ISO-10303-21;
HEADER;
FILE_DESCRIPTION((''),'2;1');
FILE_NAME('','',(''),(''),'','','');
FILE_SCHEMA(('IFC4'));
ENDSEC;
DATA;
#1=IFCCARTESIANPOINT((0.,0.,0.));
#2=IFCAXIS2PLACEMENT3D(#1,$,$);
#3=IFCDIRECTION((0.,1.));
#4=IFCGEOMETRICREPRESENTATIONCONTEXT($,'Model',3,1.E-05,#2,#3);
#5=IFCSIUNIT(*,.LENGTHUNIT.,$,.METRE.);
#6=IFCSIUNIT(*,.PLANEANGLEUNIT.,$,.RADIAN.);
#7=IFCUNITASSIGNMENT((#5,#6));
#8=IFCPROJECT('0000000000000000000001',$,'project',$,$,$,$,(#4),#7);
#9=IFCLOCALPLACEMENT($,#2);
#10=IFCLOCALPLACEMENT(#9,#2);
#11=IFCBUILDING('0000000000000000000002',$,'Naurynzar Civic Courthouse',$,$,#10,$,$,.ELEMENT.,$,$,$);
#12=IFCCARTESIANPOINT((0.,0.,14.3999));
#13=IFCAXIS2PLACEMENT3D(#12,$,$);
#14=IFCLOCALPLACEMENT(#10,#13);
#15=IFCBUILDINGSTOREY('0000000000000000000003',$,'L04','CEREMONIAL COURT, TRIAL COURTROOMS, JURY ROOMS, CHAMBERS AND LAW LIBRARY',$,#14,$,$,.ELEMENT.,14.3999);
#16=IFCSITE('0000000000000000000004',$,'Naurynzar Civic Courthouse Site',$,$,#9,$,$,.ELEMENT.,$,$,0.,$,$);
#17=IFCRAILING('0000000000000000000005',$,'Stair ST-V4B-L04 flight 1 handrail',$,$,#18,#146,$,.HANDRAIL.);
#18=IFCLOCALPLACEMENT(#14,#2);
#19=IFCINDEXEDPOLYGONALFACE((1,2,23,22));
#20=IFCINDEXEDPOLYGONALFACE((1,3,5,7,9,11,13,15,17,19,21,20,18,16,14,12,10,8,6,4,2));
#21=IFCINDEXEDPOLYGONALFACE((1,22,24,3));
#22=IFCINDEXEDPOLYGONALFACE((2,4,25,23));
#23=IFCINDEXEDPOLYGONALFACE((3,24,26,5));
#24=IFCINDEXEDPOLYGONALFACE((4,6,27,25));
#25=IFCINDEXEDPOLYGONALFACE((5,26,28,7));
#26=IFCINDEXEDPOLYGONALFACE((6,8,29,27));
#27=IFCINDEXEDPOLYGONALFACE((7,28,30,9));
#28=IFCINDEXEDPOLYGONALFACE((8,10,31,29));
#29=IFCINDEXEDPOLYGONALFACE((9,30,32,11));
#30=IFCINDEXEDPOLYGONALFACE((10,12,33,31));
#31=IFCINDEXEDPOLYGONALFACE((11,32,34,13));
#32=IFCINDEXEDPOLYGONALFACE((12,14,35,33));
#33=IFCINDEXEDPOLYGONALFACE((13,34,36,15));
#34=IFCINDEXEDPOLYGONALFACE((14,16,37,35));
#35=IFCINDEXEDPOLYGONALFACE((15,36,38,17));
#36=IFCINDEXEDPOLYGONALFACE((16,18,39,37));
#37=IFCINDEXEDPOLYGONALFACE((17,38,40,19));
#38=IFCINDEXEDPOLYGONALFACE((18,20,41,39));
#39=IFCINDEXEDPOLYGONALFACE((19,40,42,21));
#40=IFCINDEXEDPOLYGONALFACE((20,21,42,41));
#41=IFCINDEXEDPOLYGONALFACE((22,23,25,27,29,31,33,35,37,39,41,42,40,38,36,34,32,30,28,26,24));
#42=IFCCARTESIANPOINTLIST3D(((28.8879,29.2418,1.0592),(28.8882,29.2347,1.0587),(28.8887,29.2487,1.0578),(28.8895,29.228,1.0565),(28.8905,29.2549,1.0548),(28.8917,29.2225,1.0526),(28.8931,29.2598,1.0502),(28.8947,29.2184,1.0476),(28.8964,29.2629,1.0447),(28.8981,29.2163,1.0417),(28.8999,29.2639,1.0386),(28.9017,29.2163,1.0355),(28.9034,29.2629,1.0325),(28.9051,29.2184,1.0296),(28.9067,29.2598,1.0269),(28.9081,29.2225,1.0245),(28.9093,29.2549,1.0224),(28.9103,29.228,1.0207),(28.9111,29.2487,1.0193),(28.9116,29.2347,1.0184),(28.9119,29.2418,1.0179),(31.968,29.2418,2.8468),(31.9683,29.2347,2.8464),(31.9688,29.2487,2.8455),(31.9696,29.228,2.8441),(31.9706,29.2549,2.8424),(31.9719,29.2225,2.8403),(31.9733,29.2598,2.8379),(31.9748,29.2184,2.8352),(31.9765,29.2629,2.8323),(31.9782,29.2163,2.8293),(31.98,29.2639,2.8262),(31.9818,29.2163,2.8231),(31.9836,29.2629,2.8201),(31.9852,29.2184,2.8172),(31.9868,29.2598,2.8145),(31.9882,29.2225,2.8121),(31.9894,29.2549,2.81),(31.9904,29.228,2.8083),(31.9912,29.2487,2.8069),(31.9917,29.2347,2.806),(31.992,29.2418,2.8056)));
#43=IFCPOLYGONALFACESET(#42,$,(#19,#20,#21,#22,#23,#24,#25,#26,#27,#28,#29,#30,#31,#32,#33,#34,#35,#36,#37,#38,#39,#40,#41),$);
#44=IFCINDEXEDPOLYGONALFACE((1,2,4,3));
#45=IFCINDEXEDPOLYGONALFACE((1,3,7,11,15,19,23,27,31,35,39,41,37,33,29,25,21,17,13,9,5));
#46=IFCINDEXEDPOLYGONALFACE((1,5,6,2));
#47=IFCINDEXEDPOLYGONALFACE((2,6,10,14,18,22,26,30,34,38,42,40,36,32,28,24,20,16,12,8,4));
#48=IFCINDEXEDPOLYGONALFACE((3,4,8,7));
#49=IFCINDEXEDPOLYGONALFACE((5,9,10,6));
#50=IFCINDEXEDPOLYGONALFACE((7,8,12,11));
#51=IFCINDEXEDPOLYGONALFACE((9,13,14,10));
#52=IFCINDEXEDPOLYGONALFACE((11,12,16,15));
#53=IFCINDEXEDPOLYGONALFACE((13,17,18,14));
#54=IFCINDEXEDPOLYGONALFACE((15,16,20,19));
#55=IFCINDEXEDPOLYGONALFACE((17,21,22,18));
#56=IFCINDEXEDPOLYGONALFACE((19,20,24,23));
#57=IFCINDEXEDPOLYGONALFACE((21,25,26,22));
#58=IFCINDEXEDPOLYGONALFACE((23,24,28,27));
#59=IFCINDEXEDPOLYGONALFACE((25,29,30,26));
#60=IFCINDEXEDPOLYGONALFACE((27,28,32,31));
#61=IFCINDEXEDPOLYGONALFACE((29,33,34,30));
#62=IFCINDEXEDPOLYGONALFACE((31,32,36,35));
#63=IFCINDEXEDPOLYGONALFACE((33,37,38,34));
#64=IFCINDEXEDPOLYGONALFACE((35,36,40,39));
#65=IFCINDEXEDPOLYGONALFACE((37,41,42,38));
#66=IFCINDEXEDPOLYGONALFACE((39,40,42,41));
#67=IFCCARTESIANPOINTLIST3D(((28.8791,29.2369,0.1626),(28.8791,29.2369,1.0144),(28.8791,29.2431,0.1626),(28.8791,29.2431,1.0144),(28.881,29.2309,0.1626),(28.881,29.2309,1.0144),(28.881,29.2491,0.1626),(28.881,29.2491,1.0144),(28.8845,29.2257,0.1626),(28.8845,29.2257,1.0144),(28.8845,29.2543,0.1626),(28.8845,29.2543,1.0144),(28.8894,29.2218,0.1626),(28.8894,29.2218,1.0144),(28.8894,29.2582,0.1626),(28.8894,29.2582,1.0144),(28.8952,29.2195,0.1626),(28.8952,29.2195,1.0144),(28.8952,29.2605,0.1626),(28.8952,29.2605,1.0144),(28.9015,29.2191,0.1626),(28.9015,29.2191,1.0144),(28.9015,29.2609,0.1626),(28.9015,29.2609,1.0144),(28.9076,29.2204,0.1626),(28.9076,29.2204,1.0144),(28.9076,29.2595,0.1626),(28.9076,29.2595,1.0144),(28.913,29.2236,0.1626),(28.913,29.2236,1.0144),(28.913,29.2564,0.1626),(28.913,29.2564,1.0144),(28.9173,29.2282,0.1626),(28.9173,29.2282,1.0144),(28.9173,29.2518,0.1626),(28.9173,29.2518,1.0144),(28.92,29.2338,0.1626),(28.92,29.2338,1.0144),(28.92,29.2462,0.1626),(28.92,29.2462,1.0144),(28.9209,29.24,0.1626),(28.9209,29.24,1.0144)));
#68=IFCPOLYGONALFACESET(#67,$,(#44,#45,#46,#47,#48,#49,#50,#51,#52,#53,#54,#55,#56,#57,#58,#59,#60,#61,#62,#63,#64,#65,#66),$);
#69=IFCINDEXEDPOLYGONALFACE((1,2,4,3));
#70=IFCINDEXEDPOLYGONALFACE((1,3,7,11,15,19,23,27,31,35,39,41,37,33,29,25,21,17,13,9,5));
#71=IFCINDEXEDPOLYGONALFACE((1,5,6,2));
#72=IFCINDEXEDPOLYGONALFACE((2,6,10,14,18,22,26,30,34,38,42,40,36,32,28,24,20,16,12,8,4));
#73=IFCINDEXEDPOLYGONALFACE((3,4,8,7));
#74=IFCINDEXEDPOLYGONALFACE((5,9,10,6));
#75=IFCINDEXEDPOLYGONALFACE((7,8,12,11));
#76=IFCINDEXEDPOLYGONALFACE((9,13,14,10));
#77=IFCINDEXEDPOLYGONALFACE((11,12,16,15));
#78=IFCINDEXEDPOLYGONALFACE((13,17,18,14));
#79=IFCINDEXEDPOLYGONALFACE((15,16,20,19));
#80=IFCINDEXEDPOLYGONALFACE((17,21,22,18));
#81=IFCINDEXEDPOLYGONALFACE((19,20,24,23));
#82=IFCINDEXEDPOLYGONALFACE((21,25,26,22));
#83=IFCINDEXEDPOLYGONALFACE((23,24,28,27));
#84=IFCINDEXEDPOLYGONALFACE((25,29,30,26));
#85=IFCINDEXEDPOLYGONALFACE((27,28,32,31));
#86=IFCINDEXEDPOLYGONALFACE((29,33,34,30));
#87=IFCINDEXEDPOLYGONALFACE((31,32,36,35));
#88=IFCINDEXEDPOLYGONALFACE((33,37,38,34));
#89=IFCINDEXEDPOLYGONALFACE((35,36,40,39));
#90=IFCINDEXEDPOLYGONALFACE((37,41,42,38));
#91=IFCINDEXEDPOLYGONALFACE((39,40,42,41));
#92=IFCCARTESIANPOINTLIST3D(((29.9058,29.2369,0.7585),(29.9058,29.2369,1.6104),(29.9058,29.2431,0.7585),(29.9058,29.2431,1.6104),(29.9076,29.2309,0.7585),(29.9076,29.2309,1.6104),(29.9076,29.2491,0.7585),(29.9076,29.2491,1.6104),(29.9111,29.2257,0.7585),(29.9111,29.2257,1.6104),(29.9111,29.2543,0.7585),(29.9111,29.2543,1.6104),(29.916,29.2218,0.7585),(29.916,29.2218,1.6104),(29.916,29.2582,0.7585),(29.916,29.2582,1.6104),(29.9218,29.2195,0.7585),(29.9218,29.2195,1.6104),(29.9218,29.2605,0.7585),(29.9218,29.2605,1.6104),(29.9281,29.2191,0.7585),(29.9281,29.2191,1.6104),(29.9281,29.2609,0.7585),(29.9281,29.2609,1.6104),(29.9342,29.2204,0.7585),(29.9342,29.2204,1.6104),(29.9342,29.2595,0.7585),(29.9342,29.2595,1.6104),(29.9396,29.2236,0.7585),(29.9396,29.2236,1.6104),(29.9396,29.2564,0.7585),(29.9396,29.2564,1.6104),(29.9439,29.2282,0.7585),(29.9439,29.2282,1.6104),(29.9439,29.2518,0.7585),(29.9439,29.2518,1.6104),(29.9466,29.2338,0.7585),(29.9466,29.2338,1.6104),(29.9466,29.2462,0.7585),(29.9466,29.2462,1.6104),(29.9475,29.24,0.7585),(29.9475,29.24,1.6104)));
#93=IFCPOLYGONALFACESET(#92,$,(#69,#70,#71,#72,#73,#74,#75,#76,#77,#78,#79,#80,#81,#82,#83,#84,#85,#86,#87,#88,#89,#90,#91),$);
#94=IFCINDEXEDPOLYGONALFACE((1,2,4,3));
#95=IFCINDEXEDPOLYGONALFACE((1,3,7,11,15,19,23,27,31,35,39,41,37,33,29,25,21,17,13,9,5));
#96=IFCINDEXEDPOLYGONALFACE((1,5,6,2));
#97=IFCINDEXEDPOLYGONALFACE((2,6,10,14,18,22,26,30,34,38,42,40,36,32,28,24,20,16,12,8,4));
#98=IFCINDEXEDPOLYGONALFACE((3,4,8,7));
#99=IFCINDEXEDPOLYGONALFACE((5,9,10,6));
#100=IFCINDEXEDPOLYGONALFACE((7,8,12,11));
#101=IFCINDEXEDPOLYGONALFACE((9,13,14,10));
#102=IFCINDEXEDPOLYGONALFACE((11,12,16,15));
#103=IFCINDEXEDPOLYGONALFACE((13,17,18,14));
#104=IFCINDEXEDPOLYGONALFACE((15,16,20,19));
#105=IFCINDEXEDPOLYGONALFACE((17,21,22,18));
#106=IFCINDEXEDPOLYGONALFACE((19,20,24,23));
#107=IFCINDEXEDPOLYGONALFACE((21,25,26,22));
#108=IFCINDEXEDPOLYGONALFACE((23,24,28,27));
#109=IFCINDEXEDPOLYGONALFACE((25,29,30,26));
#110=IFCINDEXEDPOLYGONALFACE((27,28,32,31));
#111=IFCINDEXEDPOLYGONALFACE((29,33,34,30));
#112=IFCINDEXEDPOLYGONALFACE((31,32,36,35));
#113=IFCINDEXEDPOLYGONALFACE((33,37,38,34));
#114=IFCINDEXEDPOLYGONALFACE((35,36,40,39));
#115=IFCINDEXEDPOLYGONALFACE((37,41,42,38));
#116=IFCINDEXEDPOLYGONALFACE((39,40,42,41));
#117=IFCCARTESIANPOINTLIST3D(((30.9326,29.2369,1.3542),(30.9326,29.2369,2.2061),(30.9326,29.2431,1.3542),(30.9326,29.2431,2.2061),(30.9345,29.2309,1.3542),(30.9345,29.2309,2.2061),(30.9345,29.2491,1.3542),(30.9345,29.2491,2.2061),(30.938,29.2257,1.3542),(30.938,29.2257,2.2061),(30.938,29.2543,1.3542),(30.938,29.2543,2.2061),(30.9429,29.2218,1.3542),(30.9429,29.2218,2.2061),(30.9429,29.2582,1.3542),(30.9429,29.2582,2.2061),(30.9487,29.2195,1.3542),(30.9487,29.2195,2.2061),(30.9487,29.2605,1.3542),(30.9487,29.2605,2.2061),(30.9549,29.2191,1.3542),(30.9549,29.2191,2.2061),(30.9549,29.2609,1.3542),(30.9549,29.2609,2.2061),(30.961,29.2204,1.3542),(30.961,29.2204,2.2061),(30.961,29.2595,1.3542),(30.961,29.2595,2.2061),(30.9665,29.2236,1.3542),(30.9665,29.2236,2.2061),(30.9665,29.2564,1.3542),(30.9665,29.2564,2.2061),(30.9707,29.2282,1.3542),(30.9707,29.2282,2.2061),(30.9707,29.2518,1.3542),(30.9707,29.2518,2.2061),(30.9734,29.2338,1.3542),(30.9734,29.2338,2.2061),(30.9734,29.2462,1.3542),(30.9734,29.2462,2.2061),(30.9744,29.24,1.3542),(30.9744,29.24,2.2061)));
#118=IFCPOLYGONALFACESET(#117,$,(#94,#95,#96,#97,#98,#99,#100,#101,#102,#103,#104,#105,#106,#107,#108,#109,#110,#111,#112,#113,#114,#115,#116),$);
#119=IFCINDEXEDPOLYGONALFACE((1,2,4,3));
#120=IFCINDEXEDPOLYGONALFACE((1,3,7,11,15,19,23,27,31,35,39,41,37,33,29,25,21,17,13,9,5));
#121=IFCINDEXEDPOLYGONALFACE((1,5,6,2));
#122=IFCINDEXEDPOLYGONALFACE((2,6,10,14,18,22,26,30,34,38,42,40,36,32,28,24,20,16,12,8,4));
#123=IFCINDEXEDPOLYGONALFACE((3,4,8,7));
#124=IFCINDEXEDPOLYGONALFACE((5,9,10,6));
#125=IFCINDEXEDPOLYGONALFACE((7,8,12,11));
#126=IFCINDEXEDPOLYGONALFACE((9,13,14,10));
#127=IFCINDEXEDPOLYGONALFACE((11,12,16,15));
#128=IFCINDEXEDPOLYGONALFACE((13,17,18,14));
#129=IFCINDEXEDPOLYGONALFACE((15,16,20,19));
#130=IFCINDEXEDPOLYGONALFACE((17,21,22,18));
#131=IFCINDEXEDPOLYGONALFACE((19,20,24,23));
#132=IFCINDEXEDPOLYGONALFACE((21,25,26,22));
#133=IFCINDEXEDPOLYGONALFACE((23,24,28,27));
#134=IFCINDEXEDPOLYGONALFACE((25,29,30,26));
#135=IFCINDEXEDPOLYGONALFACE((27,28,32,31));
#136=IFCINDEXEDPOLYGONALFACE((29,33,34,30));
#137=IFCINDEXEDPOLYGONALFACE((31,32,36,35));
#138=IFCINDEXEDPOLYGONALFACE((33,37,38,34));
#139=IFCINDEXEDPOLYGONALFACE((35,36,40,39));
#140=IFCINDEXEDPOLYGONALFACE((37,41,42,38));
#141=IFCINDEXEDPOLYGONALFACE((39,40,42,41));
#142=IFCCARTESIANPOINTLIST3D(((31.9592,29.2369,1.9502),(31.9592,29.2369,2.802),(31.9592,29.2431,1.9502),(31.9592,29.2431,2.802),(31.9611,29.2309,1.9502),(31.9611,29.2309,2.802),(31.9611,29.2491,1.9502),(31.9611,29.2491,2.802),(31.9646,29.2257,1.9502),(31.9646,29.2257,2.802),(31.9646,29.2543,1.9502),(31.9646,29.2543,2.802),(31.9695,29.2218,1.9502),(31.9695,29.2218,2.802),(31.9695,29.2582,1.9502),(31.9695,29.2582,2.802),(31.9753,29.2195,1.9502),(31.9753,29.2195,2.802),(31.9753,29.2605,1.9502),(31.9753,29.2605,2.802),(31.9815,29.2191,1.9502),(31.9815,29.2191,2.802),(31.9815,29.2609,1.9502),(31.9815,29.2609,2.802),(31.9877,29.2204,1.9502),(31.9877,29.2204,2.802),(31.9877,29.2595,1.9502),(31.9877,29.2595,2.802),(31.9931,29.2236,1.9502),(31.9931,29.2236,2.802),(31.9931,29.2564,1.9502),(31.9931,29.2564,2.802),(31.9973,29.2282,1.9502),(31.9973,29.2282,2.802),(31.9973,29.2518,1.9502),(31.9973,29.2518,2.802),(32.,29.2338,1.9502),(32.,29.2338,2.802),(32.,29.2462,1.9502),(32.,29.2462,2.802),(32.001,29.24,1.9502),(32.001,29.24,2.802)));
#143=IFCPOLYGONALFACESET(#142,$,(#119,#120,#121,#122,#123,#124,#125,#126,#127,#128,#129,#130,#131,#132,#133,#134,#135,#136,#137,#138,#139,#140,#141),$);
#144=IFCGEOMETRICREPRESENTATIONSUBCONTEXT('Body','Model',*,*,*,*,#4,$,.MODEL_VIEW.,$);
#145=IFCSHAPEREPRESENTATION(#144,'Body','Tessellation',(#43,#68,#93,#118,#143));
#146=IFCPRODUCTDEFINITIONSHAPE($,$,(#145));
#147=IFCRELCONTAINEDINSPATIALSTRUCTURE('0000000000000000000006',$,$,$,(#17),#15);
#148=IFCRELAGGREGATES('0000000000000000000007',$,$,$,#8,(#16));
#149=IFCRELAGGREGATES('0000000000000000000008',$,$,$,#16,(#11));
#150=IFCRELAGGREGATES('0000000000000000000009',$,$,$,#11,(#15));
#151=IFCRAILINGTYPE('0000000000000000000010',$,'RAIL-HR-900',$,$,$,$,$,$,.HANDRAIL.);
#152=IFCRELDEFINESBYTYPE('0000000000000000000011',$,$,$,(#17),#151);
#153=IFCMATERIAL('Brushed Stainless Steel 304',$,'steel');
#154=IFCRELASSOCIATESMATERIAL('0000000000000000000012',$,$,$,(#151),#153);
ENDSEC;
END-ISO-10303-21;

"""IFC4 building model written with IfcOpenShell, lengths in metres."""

from ifc_helpers import new_model, si_unit, direction, frame, origin, origin_2d, place, context, subcontext, project, spatial, circle, extrude, material, type_object, element, save


model = new_model("IFC4")

# Units and contexts
model_context = context("Model", 3, precision=1e-05, world=origin(), true_north=direction((0.0, 1.0)))
body_context = subcontext(model_context, "Body", "Model", "MODEL_VIEW")
ifc_project = project(units=[si_unit("LENGTHUNIT", "METRE"), si_unit("PLANEANGLEUNIT", "RADIAN")], contexts=[model_context])

# Site, building, storey
site_placement = place(None, origin())
site = spatial("IfcSite", under=ifc_project, at=site_placement, Name="Naurynzar Civic Courthouse Site", CompositionType="ELEMENT", RefElevation=0.0)
building_placement = place(site_placement, origin())
building = spatial("IfcBuilding", under=site, at=building_placement, Name="Naurynzar Civic Courthouse", CompositionType="ELEMENT")
storey_placement = place(building_placement, frame((0.0, 0.0, 14.3999)))
storey = spatial("IfcBuildingStorey", under=building, at=storey_placement, Name="L04", Description="CEREMONIAL COURT, TRIAL COURTROOMS, JURY ROOMS, CHAMBERS AND LAW LIBRARY", CompositionType="ELEMENT", Elevation=14.3999)

# Railing
ifc_material_1 = material(Name="Brushed Stainless Steel 304", Category="steel")
railing_type_1 = type_object("IfcRailingType", Name="RAIL-HR-900", PredefinedType="HANDRAIL", material=ifc_material_1)
railing_1_placement = place(storey_placement, frame((28.8999, 29.24, 0.1626)))
element("IfcRailing", 1, at=railing_1_placement, inside=storey, type_object=railing_type_1, Name="Stair ST-V4B-L04 flight 1 handrail", PredefinedType="HANDRAIL", context=body_context, shape_type="SweptSolid", body=[
    extrude(circle(Radius=0.0239, at=origin_2d()), frame((0.0, 0.0, 0.876), z_axis=(0.864891, 0.0, 0.50196), x_axis=(0.0, 1.0, 0.0)), (0.0, 0.0, 1.0), 3.5613),
    extrude(circle(Radius=0.021, at=origin_2d()), origin(), (0.0, 0.0, 1.0), 0.8518),
    extrude(circle(Radius=0.021, at=origin_2d()), frame((1.0266, 0.0, 0.5959)), (0.0, 0.0, 1.0), 0.8518),
    extrude(circle(Radius=0.021, at=origin_2d()), frame((2.0535, 0.0, 1.1917)), (0.0, 0.0, 1.0), 0.8518),
    extrude(circle(Radius=0.021, at=origin_2d()), frame((3.0801, 0.0, 1.7876)), (0.0, 0.0, 1.0), 0.8518),
])

save(model, "model.ifc")
